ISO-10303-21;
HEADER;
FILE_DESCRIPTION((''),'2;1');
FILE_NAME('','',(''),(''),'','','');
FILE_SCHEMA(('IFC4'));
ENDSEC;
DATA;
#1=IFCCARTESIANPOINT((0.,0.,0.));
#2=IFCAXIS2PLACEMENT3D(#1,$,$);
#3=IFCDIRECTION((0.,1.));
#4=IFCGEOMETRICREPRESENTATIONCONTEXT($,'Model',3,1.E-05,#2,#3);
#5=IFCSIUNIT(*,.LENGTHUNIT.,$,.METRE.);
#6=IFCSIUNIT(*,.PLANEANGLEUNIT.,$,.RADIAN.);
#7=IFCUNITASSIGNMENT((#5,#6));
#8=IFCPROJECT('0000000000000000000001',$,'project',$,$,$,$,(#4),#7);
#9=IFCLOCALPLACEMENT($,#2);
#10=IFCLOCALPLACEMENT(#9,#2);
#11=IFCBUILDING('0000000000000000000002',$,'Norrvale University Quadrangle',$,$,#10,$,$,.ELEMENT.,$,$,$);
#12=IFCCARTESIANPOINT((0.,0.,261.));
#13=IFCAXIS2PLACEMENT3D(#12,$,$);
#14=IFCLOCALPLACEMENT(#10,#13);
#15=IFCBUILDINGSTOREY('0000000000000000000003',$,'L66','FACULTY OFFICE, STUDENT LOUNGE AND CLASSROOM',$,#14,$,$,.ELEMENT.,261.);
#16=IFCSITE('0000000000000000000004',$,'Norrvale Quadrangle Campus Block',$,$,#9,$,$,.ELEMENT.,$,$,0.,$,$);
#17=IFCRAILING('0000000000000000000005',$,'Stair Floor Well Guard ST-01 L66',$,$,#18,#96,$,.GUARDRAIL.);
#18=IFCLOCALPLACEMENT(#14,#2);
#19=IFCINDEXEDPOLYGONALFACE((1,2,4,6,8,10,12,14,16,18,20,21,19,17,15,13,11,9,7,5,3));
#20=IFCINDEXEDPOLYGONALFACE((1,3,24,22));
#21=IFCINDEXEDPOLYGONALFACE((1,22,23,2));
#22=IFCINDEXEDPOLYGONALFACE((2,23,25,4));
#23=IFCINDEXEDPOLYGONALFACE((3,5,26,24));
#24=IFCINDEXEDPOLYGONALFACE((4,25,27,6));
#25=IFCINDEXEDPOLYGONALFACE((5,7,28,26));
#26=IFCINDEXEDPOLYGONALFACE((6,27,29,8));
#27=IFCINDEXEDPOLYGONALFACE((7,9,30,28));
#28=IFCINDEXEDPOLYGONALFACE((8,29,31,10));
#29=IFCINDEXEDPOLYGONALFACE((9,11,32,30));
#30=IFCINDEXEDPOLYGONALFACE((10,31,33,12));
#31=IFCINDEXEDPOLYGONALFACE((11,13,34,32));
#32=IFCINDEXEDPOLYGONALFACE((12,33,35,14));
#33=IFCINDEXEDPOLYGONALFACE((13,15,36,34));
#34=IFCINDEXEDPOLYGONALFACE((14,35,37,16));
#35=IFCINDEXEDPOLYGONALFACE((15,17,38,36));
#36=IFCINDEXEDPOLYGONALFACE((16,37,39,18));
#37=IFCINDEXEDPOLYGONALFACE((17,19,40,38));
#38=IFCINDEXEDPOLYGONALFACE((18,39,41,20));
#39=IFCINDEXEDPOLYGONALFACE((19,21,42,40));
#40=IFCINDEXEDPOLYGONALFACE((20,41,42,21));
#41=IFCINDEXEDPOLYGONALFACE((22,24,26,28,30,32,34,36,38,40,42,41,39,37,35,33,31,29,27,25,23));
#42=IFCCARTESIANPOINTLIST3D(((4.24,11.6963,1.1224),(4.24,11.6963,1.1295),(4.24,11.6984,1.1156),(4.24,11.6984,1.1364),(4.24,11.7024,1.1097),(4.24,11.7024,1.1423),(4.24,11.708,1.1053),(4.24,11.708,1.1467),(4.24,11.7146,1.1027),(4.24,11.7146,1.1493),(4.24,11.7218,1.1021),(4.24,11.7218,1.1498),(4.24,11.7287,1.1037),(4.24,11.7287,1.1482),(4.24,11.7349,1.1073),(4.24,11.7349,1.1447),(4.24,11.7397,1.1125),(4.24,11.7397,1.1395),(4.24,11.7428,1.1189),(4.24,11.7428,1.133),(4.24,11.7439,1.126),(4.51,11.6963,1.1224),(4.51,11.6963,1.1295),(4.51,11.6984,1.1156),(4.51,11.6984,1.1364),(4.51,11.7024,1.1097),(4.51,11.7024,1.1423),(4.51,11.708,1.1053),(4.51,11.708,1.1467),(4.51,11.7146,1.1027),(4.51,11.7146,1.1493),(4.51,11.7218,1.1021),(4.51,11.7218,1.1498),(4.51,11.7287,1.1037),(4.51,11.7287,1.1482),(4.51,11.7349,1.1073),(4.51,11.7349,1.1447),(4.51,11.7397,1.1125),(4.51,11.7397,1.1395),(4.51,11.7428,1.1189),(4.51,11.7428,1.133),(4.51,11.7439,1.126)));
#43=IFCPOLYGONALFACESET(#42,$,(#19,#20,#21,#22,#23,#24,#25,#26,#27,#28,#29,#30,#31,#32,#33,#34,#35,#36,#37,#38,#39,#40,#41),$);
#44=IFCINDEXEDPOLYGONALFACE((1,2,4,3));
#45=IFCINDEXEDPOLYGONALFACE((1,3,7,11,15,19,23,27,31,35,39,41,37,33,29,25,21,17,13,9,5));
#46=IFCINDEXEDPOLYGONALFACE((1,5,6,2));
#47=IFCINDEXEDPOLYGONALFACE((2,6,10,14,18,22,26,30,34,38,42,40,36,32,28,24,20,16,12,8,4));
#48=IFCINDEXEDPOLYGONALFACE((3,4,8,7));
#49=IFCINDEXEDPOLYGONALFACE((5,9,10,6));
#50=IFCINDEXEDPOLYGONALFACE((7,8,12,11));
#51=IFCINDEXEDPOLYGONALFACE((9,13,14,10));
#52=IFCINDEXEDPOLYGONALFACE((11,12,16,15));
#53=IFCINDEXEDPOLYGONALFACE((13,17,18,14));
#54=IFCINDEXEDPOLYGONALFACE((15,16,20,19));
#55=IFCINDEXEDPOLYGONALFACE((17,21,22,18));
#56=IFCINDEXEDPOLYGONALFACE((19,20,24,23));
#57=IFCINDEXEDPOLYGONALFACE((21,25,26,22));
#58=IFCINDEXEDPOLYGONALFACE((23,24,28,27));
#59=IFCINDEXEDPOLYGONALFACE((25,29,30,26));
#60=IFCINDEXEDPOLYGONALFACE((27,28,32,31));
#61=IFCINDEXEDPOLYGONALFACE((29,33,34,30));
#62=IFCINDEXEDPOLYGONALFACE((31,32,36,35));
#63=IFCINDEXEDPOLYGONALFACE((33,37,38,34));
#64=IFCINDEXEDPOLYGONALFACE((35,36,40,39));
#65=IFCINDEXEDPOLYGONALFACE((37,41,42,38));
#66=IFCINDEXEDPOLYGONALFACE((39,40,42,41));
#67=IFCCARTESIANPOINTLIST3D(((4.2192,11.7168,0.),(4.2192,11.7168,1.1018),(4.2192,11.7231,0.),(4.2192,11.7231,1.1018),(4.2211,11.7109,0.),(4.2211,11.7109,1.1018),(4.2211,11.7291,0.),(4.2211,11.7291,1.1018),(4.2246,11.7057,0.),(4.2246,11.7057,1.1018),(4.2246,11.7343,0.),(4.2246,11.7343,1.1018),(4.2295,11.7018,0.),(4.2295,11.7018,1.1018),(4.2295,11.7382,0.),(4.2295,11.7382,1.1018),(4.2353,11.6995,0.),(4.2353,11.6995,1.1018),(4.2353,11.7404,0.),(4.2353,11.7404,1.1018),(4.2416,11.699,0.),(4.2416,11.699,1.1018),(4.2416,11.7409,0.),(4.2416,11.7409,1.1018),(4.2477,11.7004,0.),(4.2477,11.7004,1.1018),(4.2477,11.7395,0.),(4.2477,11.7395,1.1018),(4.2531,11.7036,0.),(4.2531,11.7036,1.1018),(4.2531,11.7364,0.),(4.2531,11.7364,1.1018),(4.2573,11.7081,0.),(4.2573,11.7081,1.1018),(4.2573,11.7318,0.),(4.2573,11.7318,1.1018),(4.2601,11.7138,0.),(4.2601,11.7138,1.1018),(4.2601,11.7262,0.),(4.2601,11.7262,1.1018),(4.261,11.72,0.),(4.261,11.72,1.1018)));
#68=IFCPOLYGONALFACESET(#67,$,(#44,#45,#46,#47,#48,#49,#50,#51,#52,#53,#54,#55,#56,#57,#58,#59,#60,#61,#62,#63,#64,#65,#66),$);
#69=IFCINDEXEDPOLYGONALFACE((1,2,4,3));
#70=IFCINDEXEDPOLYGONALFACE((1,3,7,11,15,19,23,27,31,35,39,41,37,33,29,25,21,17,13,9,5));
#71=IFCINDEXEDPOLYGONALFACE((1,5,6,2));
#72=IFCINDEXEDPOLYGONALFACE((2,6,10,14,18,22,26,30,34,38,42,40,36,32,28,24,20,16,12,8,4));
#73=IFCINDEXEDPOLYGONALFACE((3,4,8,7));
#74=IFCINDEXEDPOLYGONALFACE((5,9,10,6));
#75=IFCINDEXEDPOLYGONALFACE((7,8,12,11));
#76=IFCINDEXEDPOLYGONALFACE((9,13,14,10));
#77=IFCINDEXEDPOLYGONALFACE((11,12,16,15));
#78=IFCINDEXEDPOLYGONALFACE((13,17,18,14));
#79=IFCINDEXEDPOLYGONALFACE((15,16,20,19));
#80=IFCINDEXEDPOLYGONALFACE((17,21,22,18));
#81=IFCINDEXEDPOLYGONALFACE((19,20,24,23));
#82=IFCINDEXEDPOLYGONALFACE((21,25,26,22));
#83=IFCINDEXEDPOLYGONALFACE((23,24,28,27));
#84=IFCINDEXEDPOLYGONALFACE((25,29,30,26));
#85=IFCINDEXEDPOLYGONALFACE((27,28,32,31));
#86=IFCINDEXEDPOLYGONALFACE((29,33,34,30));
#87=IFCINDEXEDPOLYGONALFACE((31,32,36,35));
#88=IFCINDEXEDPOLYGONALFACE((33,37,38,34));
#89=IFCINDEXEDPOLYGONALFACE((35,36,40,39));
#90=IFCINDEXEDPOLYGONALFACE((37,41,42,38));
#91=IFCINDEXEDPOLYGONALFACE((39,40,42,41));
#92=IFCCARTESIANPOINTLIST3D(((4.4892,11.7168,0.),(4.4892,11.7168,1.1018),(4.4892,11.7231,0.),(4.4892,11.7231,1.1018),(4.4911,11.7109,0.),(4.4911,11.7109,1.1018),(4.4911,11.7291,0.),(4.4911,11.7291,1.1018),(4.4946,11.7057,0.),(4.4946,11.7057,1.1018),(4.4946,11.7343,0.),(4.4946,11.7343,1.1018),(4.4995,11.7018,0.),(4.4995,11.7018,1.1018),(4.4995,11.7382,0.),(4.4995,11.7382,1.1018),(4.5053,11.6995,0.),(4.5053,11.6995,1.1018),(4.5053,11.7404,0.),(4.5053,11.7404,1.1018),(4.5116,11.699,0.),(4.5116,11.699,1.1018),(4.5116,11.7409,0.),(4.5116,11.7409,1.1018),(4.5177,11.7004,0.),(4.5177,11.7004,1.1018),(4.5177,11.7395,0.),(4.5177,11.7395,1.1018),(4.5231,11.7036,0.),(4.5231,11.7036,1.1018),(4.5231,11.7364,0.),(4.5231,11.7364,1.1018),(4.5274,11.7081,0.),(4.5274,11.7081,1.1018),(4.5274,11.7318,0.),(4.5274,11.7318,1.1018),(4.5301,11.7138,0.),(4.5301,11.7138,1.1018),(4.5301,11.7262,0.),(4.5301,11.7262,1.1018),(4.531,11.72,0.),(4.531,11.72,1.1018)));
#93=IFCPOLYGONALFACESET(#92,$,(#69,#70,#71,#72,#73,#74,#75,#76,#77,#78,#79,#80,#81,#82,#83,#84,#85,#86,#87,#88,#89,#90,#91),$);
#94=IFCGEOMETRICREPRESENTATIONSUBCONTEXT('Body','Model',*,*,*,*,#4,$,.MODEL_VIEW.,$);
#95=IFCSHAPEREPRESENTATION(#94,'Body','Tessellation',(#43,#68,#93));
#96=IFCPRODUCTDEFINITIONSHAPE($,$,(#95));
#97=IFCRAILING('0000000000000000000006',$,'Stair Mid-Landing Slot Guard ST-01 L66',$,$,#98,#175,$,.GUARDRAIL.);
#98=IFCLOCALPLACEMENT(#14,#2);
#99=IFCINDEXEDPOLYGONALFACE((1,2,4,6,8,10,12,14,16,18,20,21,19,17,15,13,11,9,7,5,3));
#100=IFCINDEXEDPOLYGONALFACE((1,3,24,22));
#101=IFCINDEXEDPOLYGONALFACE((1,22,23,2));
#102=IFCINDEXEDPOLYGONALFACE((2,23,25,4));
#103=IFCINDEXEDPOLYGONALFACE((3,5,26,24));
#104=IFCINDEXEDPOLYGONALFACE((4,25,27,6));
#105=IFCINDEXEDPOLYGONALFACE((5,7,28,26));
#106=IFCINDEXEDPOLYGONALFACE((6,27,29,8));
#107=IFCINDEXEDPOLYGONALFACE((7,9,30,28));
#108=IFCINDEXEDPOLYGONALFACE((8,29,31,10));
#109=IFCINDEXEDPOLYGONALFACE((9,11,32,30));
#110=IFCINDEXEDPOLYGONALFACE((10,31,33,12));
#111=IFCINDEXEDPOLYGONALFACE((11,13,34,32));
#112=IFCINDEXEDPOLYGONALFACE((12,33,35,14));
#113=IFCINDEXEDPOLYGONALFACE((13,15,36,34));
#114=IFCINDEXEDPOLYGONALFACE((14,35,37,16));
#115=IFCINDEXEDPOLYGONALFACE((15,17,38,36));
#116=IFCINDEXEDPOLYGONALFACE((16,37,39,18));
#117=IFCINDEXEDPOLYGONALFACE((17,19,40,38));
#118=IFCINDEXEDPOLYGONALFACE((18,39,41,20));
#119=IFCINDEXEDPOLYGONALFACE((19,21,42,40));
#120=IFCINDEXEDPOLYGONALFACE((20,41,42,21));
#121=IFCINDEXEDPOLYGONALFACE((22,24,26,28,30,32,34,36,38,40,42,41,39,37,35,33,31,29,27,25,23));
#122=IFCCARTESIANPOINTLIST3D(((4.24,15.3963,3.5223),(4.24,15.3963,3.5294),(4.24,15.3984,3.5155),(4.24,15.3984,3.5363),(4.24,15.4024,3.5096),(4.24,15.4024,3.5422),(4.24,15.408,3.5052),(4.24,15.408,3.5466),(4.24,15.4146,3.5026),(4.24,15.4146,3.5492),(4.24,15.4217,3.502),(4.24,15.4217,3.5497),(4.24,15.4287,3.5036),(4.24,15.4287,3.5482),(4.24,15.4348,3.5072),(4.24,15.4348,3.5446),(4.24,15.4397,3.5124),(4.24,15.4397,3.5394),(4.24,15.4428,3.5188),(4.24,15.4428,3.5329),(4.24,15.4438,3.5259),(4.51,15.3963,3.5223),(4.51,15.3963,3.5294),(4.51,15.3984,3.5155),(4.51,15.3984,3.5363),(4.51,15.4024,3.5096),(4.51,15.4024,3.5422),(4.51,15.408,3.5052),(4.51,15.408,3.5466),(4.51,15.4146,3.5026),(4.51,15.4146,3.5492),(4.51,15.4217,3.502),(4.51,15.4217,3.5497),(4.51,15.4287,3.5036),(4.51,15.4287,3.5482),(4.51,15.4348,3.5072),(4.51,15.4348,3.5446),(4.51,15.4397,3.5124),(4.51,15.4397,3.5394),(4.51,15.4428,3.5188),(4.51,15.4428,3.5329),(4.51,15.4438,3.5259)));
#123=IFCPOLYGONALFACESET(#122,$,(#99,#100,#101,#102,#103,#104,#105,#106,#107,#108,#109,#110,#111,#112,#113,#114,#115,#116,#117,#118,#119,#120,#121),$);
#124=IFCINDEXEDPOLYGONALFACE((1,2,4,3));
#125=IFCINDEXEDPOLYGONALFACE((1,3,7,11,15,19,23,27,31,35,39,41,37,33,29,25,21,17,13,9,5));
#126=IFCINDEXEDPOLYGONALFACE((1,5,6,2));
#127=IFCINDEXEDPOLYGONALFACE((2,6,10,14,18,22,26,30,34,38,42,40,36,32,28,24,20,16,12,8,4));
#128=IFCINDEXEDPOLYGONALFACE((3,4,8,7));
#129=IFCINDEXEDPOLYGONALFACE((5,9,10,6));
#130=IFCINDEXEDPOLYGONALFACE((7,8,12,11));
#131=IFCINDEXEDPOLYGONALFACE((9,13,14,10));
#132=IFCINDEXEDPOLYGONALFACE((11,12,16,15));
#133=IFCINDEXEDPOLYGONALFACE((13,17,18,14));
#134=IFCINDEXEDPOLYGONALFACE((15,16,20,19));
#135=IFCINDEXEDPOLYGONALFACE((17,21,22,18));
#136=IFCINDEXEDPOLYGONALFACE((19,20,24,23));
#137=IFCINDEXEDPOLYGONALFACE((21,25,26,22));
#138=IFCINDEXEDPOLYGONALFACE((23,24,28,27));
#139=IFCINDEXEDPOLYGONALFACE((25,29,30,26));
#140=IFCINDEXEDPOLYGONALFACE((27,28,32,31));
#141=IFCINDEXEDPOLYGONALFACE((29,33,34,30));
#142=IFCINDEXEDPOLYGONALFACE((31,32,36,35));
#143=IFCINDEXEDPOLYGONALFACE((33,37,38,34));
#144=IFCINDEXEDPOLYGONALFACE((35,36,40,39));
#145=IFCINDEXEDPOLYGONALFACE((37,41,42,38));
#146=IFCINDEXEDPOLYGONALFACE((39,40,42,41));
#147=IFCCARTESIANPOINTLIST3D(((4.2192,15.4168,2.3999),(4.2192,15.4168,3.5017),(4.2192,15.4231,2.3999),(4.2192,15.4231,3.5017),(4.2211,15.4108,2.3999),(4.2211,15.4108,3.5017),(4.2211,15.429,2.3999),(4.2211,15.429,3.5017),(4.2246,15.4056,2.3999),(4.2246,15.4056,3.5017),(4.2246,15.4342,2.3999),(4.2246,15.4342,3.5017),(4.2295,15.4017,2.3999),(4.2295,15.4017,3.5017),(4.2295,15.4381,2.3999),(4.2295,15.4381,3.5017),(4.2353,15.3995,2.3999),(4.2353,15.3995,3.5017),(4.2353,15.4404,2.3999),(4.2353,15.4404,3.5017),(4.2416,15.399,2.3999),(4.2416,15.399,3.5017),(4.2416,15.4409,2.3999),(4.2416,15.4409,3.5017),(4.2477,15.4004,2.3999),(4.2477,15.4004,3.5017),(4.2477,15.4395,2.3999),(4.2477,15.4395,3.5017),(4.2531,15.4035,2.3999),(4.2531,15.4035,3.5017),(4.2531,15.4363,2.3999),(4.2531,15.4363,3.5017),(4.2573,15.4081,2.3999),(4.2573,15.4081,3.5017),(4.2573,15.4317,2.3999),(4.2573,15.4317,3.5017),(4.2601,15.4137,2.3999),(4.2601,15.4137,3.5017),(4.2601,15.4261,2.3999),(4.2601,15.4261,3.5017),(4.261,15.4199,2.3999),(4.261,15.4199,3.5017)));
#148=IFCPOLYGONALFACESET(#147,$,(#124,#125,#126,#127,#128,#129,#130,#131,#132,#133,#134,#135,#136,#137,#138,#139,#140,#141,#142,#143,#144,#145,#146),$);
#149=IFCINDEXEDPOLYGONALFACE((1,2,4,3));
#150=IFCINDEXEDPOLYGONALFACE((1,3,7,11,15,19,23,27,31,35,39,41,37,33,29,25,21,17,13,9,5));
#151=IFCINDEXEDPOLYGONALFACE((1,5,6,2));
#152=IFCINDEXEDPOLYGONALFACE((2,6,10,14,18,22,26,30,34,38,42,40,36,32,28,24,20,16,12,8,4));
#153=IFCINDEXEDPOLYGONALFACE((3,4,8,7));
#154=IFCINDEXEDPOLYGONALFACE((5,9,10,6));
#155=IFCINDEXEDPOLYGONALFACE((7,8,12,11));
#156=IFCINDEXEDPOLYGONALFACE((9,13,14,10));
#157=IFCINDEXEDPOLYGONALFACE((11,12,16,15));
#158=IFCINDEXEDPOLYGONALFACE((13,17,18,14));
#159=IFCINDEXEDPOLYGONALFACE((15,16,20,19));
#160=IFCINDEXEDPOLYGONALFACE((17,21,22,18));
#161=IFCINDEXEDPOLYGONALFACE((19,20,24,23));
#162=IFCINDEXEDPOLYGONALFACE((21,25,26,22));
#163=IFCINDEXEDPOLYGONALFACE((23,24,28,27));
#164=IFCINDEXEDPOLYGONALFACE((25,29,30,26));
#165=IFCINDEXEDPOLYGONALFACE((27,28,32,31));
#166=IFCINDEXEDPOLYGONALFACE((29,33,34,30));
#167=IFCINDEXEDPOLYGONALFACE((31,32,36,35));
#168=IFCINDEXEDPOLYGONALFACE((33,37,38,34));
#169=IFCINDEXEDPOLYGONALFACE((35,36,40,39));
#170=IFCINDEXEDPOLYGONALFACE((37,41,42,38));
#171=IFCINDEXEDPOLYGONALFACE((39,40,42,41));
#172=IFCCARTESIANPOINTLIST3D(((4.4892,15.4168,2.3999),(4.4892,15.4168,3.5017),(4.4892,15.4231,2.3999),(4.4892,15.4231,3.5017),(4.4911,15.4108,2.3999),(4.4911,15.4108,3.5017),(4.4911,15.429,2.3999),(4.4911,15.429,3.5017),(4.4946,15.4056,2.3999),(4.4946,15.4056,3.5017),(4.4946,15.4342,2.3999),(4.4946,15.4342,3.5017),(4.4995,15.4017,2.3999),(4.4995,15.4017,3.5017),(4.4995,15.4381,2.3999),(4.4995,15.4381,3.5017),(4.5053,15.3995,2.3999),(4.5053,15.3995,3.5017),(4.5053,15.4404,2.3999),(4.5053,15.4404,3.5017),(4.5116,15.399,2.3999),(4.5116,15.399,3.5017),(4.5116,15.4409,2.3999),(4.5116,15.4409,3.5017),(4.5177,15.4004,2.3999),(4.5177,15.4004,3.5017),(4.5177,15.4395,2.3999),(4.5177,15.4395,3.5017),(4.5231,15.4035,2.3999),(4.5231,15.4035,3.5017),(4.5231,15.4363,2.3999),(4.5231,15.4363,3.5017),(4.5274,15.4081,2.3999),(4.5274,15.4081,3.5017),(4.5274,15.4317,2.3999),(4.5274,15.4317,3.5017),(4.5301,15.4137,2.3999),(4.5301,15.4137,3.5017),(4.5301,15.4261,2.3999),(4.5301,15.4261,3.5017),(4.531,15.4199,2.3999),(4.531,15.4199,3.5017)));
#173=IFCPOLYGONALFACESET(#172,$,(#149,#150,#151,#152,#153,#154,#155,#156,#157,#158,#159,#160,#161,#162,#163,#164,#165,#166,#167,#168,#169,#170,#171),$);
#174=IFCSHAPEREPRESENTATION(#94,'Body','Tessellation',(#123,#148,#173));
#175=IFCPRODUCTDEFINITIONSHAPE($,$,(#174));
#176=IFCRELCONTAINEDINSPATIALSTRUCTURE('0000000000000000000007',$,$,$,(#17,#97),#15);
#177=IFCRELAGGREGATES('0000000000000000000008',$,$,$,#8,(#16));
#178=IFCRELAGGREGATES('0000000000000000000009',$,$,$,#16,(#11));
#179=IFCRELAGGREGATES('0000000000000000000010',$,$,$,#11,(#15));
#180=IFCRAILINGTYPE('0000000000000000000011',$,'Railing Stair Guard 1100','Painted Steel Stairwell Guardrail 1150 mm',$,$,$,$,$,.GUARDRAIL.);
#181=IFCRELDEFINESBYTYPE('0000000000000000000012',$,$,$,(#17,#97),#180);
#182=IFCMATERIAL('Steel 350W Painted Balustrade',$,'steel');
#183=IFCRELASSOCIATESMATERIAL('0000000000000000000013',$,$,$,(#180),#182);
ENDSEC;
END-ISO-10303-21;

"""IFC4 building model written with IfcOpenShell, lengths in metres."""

from ifc_helpers import new_model, si_unit, direction, frame, origin, origin_2d, place, context, subcontext, project, spatial, circle, extrude, material, type_object, element, save


model = new_model("IFC4")

# Units and contexts
model_context = context("Model", 3, precision=1e-05, world=origin(), true_north=direction((0.0, 1.0)))
body_context = subcontext(model_context, "Body", "Model", "MODEL_VIEW")
ifc_project = project(units=[si_unit("LENGTHUNIT", "METRE"), si_unit("PLANEANGLEUNIT", "RADIAN")], contexts=[model_context])

# Site, building, storey
site_placement = place(None, origin())
site = spatial("IfcSite", under=ifc_project, at=site_placement, Name="Norrvale Quadrangle Campus Block", CompositionType="ELEMENT", RefElevation=0.0)
building_placement = place(site_placement, origin())
building = spatial("IfcBuilding", under=site, at=building_placement, Name="Norrvale University Quadrangle", CompositionType="ELEMENT")
storey_placement = place(building_placement, frame((0.0, 0.0, 261.0)))
storey = spatial("IfcBuildingStorey", under=building, at=storey_placement, Name="L66", Description="FACULTY OFFICE, STUDENT LOUNGE AND CLASSROOM", CompositionType="ELEMENT", Elevation=261.0)

# Railings
ifc_material_1 = material(Name="Steel 350W Painted Balustrade", Category="steel")
railing_type_1 = type_object("IfcRailingType", Name="Railing Stair Guard 1100", Description="Painted Steel Stairwell Guardrail 1150 mm", PredefinedType="GUARDRAIL", material=ifc_material_1)
for number, where, name in (
    (1, (4.24, 11.72, 0.0), "Stair Floor Well Guard ST-01 L66"),
    (2, (4.24, 15.4199, 2.3999), "Stair Mid-Landing Slot Guard ST-01 L66"),
):
    element("IfcRailing", number, at=place(storey_placement, frame(where)), inside=storey, type_object=railing_type_1, Name=name, PredefinedType="GUARDRAIL", context=body_context, shape_type="SweptSolid", body=[
        extrude(circle(Radius=0.0239, at=origin_2d()), frame((0.0, 0.0, 1.126), z_axis=(1.0, 0.0, 0.0), x_axis=(0.0, 1.0, 0.0)), (0.0, 0.0, 1.0), 0.27),
        extrude(circle(Radius=0.021, at=origin_2d()), origin(), (0.0, 0.0, 1.0), 1.1018),
        extrude(circle(Radius=0.021, at=origin_2d()), frame((0.27, 0.0, 0.0)), (0.0, 0.0, 1.0), 1.1018),
    ])

save(model, "model.ifc")
